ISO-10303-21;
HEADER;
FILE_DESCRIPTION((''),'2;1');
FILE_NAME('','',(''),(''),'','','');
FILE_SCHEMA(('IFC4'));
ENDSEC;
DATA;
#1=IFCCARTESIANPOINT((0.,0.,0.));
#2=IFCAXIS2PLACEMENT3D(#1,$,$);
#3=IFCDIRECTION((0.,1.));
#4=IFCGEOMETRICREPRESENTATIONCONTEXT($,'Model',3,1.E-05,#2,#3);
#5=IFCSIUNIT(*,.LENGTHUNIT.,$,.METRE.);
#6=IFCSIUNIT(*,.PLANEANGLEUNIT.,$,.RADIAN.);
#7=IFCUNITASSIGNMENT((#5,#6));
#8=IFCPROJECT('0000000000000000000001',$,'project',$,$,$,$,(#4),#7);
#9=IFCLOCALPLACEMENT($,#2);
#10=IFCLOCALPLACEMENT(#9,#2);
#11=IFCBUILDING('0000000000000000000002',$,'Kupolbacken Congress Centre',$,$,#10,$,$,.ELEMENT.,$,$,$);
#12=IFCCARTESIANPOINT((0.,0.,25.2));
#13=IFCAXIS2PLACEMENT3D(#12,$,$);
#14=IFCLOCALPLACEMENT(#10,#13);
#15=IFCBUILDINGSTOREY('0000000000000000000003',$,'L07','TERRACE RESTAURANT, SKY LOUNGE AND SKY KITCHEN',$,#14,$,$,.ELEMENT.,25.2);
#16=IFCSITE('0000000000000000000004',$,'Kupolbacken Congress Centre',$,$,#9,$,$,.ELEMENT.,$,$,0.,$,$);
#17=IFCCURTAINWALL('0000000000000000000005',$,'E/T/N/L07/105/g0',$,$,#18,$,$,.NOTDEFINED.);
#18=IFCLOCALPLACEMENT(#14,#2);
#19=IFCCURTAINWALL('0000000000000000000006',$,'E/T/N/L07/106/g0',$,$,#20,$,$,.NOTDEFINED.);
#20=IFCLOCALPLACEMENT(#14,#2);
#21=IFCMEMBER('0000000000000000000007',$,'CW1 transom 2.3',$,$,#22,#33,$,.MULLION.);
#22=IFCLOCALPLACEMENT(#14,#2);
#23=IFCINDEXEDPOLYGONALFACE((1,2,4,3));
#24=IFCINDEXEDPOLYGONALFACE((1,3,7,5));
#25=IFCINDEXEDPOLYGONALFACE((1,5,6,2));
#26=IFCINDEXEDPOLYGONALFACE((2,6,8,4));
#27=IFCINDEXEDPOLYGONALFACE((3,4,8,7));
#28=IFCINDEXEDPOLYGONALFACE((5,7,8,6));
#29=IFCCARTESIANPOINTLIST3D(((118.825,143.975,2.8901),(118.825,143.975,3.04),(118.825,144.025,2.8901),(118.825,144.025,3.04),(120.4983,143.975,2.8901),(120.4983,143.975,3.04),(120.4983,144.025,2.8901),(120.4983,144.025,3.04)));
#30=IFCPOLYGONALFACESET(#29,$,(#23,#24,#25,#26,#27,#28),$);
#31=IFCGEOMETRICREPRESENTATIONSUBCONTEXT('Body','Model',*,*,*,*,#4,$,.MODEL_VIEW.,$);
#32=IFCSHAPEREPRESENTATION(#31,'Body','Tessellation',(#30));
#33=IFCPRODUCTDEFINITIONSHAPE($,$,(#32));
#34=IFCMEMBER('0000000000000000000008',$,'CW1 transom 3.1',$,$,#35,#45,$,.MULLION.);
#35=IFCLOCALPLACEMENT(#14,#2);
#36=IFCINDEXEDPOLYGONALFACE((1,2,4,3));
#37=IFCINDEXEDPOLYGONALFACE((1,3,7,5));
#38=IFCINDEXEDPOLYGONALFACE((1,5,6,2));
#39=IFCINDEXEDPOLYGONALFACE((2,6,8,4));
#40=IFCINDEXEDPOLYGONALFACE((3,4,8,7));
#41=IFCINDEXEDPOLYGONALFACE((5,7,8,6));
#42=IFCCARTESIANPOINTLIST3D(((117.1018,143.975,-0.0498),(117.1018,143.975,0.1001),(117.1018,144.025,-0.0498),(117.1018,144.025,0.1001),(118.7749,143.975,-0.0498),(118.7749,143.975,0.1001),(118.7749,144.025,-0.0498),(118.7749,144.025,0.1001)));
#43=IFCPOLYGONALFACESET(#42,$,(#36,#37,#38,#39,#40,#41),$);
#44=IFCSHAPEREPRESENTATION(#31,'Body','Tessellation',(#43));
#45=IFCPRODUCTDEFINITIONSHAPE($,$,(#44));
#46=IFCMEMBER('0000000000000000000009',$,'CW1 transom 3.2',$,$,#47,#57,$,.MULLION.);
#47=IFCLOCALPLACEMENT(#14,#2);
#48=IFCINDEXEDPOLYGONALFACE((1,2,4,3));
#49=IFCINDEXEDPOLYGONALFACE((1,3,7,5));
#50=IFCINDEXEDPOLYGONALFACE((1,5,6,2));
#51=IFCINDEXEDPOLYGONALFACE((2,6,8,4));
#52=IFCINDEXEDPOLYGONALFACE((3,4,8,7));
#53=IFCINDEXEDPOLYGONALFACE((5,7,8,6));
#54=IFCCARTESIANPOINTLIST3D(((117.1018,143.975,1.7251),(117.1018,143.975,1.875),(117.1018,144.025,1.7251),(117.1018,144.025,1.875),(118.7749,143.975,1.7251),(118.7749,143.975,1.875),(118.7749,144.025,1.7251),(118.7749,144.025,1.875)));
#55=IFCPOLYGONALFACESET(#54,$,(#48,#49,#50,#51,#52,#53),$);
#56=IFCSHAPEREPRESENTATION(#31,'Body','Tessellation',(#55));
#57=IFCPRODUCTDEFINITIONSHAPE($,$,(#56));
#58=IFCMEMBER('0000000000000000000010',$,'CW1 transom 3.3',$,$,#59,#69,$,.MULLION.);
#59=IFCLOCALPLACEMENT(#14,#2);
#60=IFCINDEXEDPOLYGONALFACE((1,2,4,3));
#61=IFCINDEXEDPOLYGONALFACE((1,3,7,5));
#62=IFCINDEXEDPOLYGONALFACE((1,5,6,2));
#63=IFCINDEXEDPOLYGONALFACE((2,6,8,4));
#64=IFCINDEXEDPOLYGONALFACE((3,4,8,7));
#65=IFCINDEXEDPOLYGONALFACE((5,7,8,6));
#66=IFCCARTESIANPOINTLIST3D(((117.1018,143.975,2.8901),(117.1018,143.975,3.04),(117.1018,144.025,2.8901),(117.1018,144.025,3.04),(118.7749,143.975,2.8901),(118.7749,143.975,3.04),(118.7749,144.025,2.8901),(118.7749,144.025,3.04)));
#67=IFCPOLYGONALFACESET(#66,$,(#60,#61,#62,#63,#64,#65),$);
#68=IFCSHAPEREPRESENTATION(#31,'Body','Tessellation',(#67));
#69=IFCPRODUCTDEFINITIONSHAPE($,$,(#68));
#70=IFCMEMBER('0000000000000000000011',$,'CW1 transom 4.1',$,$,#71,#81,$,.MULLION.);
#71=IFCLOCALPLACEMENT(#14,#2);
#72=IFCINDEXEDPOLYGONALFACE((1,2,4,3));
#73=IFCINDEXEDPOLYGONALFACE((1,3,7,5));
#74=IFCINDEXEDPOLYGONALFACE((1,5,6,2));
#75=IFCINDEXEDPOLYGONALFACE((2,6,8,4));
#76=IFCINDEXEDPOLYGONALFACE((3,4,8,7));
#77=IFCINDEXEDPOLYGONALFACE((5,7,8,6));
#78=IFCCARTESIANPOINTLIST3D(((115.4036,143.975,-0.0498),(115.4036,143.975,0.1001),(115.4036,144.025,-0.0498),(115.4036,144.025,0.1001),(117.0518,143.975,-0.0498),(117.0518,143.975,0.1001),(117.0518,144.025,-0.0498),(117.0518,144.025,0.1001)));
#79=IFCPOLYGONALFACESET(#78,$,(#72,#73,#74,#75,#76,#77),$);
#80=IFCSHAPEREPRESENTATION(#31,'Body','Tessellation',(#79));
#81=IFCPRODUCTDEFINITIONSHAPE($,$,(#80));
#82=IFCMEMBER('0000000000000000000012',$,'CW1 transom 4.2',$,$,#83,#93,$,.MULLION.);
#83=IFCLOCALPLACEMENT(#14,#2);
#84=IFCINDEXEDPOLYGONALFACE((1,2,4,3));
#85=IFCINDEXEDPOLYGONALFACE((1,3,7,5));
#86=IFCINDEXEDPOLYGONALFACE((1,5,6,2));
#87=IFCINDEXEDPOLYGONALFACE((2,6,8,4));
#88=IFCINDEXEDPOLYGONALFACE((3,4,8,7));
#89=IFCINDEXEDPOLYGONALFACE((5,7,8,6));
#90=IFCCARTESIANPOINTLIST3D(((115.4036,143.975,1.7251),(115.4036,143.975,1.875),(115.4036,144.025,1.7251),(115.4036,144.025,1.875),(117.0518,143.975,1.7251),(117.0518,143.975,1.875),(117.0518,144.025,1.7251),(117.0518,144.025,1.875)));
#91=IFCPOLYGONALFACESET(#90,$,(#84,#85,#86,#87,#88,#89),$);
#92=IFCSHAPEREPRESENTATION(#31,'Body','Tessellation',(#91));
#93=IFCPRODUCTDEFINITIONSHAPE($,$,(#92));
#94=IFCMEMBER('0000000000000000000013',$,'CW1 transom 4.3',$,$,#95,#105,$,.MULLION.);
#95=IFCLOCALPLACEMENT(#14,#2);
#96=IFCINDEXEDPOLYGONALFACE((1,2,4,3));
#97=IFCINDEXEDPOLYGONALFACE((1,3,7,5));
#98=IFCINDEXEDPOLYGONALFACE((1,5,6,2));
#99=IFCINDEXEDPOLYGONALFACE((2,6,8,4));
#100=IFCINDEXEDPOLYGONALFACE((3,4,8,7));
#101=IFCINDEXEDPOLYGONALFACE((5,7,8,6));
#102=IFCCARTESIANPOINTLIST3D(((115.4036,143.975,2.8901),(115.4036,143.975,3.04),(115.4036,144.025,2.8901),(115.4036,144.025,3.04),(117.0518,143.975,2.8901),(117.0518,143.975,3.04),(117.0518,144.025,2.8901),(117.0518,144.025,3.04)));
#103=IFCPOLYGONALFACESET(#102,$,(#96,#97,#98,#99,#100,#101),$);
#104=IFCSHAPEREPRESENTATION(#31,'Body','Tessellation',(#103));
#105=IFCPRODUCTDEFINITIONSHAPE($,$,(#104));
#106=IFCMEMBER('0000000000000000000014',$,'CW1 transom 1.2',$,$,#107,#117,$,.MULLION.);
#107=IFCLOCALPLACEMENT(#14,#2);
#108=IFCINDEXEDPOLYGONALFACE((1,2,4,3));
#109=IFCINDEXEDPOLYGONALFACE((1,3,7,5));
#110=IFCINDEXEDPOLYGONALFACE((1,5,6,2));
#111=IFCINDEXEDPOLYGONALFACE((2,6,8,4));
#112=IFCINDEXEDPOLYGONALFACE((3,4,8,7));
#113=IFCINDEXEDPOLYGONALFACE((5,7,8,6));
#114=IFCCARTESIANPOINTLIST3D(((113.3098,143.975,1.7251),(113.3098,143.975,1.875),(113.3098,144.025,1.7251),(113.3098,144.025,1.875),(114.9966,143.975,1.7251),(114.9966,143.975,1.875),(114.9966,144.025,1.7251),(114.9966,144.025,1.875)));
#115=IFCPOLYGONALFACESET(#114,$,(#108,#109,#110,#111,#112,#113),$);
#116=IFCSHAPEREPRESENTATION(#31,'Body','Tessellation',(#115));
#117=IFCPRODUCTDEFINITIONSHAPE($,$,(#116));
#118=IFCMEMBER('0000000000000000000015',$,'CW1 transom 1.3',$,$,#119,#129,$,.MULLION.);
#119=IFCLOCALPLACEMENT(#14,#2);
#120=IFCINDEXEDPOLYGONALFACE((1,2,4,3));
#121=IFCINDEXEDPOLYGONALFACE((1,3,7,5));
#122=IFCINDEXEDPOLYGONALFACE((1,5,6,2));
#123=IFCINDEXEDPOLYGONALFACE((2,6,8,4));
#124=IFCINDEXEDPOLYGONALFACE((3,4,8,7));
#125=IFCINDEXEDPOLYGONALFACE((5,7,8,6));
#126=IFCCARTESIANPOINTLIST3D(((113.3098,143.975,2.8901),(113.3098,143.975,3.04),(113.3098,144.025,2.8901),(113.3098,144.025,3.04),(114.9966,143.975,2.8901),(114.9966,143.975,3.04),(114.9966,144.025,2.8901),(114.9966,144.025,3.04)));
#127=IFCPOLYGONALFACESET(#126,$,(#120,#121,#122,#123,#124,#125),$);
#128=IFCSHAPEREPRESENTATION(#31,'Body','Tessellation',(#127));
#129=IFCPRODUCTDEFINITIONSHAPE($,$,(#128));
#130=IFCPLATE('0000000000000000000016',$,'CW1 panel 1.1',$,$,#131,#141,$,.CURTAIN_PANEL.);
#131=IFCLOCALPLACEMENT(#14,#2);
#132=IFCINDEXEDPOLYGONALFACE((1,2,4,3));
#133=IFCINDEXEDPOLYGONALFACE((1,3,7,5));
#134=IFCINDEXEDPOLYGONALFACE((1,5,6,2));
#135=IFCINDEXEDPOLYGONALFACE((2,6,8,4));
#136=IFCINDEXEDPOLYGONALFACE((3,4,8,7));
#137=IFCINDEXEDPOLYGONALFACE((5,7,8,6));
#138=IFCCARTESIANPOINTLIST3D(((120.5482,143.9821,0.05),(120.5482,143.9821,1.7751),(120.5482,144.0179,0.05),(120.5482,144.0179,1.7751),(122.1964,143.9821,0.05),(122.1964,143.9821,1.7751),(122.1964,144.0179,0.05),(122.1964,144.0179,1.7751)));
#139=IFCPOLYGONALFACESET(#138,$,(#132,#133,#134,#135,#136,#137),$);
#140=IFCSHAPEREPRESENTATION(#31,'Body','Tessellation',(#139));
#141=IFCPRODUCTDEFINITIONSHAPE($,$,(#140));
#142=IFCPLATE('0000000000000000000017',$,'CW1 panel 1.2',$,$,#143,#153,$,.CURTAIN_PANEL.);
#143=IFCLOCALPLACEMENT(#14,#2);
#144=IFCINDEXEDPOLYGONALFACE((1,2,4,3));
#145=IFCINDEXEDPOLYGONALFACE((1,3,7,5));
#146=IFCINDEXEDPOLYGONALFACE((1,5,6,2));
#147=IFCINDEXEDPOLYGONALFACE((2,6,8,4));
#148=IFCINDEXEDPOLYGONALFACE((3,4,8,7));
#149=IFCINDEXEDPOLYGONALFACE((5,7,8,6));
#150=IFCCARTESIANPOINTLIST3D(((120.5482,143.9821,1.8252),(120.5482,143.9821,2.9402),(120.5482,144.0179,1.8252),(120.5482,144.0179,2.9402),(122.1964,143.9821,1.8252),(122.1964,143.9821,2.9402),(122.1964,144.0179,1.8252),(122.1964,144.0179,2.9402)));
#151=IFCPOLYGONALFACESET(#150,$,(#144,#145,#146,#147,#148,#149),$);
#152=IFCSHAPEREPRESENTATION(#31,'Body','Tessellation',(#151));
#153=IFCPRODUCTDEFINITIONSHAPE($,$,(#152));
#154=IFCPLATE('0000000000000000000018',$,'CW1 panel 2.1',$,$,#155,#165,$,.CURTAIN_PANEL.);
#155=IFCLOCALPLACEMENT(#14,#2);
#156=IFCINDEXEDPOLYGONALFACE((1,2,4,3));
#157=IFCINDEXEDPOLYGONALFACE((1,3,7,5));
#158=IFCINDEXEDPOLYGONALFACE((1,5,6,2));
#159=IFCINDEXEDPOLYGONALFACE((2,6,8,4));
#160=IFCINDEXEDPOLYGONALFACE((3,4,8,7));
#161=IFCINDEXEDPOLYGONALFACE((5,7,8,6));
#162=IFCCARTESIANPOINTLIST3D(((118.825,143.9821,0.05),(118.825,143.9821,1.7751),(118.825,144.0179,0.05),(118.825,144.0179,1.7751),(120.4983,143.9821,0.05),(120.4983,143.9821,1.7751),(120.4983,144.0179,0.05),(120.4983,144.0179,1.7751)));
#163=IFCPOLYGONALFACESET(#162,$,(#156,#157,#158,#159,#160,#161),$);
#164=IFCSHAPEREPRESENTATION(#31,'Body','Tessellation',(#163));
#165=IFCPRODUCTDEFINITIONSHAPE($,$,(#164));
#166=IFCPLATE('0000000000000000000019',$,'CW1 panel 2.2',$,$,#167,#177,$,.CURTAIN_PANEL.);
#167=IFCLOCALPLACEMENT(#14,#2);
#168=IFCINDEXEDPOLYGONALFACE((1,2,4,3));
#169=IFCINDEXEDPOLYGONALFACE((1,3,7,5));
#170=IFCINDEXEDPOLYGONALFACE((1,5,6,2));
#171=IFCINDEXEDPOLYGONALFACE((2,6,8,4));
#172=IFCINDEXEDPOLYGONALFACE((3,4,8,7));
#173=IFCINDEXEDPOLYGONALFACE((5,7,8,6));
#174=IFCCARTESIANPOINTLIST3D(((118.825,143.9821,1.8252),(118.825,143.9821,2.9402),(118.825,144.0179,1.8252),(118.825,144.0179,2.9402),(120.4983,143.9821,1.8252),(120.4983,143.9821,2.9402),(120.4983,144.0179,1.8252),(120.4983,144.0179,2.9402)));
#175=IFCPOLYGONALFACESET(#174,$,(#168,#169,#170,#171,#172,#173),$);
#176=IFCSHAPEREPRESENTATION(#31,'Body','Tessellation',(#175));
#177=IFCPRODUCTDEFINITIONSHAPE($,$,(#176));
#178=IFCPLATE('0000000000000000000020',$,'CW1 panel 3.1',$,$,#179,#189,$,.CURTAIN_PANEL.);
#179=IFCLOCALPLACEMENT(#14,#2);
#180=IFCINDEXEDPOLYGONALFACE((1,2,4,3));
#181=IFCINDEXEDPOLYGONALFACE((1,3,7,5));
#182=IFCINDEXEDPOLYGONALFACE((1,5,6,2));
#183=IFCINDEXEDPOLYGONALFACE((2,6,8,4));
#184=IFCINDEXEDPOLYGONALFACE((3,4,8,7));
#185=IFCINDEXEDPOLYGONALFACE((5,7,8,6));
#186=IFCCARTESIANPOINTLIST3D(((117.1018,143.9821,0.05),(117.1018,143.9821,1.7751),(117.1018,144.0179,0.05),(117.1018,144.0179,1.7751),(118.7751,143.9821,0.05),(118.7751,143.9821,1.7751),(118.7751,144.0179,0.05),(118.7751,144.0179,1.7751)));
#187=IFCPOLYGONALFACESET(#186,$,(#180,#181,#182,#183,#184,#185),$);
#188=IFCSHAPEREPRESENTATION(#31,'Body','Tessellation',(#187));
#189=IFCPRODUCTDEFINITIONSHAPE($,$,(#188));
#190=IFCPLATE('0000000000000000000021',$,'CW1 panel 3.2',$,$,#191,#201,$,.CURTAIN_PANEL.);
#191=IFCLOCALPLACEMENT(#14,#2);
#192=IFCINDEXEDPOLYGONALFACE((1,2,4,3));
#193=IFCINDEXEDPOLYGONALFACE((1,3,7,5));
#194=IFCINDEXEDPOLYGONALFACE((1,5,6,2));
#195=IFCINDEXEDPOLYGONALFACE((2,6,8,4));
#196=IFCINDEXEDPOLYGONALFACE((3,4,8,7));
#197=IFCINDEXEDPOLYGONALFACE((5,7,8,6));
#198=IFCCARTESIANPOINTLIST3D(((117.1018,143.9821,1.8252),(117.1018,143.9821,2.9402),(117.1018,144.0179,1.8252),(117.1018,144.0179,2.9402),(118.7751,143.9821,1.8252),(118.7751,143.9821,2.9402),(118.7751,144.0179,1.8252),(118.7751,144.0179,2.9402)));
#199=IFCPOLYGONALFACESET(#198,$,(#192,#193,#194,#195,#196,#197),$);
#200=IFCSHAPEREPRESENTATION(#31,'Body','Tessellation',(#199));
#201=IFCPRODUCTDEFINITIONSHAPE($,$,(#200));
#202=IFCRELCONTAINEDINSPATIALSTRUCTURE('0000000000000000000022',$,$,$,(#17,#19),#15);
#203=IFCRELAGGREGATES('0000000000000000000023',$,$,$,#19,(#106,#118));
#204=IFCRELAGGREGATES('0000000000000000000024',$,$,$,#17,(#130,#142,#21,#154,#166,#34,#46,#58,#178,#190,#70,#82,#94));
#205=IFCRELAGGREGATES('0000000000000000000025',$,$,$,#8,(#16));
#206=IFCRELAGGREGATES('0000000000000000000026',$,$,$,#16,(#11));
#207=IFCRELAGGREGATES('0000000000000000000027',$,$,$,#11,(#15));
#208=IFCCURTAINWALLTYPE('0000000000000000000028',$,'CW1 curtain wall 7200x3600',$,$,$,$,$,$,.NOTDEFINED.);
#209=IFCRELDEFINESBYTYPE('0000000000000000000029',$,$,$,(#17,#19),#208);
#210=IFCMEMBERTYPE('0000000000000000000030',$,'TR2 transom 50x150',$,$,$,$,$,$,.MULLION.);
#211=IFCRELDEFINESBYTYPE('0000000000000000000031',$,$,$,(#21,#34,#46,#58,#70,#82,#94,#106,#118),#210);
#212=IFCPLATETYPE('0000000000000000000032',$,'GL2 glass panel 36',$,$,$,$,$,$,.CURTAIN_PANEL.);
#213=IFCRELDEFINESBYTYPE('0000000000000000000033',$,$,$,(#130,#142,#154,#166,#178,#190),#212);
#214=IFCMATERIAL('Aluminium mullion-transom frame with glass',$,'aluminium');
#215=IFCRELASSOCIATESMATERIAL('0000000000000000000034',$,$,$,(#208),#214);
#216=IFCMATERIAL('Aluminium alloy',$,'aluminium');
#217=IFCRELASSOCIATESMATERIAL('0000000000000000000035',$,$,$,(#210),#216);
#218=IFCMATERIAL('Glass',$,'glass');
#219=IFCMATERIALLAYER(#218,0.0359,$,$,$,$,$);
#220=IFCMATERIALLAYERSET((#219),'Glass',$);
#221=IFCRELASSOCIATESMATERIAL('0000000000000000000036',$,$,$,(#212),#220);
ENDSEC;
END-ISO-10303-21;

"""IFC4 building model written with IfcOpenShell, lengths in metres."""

from ifc_helpers import new_model, si_unit, direction, frame, origin, origin_2d, place, context, subcontext, project, spatial, rectangle, extrude, material, layer, layer_set, material_profile, profile_set, type_object, element, aggregate, save


model = new_model("IFC4")

# Units and contexts
model_context = context("Model", 3, precision=1e-05, world=origin(), true_north=direction((0.0, 1.0)))
body_context = subcontext(model_context, "Body", "Model", "MODEL_VIEW")
ifc_project = project(units=[si_unit("LENGTHUNIT", "METRE"), si_unit("PLANEANGLEUNIT", "RADIAN")], contexts=[model_context])

# Site, building, storey
site_placement = place(None, origin())
site = spatial("IfcSite", under=ifc_project, at=site_placement, Name="Kupolbacken Congress Centre", CompositionType="ELEMENT", RefElevation=0.0)
building_placement = place(site_placement, origin())
building = spatial("IfcBuilding", under=site, at=building_placement, Name="Kupolbacken Congress Centre", CompositionType="ELEMENT")
storey_placement = place(building_placement, frame((0.0, 0.0, 25.2)))
storey = spatial("IfcBuildingStorey", under=building, at=storey_placement, Name="L07", Description="TERRACE RESTAURANT, SKY LOUNGE AND SKY KITCHEN", CompositionType="ELEMENT", Elevation=25.2)

# Curtain wall
ifc_material_1 = material(Name="Aluminium mullion-transom frame with glass", Category="aluminium")
curtain_wall_type = type_object("IfcCurtainWallType", Name="CW1 curtain wall 7200x3600", PredefinedType="NOTDEFINED", material=ifc_material_1)
curtain_wall_1_placement = place(storey_placement, origin())
curtain_wall_1 = element("IfcCurtainWall", 1, at=curtain_wall_1_placement, inside=storey, type_object=curtain_wall_type, Name="E/T/N/L07/105/g0", PredefinedType="NOTDEFINED")

# Curtain wall
curtain_wall_2_placement = place(storey_placement, origin())
curtain_wall_2 = element("IfcCurtainWall", 2, at=curtain_wall_2_placement, inside=storey, type_object=curtain_wall_type, Name="E/T/N/L07/106/g0", PredefinedType="NOTDEFINED")

# Members
ifc_material_2 = material(Name="Aluminium alloy", Category="aluminium")
ifc_material_profile_1 = material_profile(ifc_material_2, rectangle(XDim=0.05, YDim=0.1499, at=origin_2d()), Name="50 x 150")
ifc_profile_set_1 = profile_set([ifc_material_profile_1], Name="Aluminium alloy")
member_type_1 = type_object("IfcMemberType", Name="TR2 transom 50x150", PredefinedType="MULLION", material=ifc_profile_set_1)
member_1_placement = place(storey_placement, frame((120.4983, 144.0, 2.9651), z_axis=(-1.0, 0.0, 0.0), x_axis=(0.0, -1.0, 0.0)))
member_1 = element("IfcMember", 3, at=member_1_placement, type_object=member_type_1, Name="CW1 transom 2.3", PredefinedType="MULLION", context=body_context, shape_type="SweptSolid", body=[
    extrude(rectangle(XDim=0.05, YDim=0.1499, at=origin_2d()), origin(), (0.0, 0.0, 1.0), 1.6733),
])
member_2_placement = place(storey_placement, frame((118.7749, 144.0, 0.0251), z_axis=(-1.0, 0.0, 0.0), x_axis=(0.0, -1.0, 0.0)))
member_2 = element("IfcMember", 4, at=member_2_placement, type_object=member_type_1, Name="CW1 transom 3.1", PredefinedType="MULLION", context=body_context, shape_type="SweptSolid", body=[
    extrude(rectangle(XDim=0.05, YDim=0.1499, at=origin_2d()), origin(), (0.0, 0.0, 1.0), 1.6731),
])
member_3_placement = place(storey_placement, frame((118.7749, 144.0, 1.8), z_axis=(-1.0, 0.0, 0.0), x_axis=(0.0, -1.0, 0.0)))
member_3 = element("IfcMember", 5, at=member_3_placement, type_object=member_type_1, Name="CW1 transom 3.2", PredefinedType="MULLION", context=body_context, shape_type="SweptSolid", body=[
    extrude(rectangle(XDim=0.05, YDim=0.1499, at=origin_2d()), origin(), (0.0, 0.0, 1.0), 1.6731),
])
member_4_placement = place(storey_placement, frame((118.7749, 144.0, 2.9651), z_axis=(-1.0, 0.0, 0.0), x_axis=(0.0, -1.0, 0.0)))
member_4 = element("IfcMember", 6, at=member_4_placement, type_object=member_type_1, Name="CW1 transom 3.3", PredefinedType="MULLION", context=body_context, shape_type="SweptSolid", body=[
    extrude(rectangle(XDim=0.05, YDim=0.1499, at=origin_2d()), origin(), (0.0, 0.0, 1.0), 1.6731),
])
member_5_placement = place(storey_placement, frame((117.0518, 144.0, 0.0251), z_axis=(-1.0, 0.0, 0.0), x_axis=(0.0, -1.0, 0.0)))
member_5 = element("IfcMember", 7, at=member_5_placement, type_object=member_type_1, Name="CW1 transom 4.1", PredefinedType="MULLION", context=body_context, shape_type="SweptSolid", body=[
    extrude(rectangle(XDim=0.05, YDim=0.1499, at=origin_2d()), origin(), (0.0, 0.0, 1.0), 1.6482),
])
member_6_placement = place(storey_placement, frame((117.0518, 144.0, 1.8), z_axis=(-1.0, 0.0, 0.0), x_axis=(0.0, -1.0, 0.0)))
member_6 = element("IfcMember", 8, at=member_6_placement, type_object=member_type_1, Name="CW1 transom 4.2", PredefinedType="MULLION", context=body_context, shape_type="SweptSolid", body=[
    extrude(rectangle(XDim=0.05, YDim=0.1499, at=origin_2d()), origin(), (0.0, 0.0, 1.0), 1.6482),
])
member_7_placement = place(storey_placement, frame((117.0518, 144.0, 2.9651), z_axis=(-1.0, 0.0, 0.0), x_axis=(0.0, -1.0, 0.0)))
member_7 = element("IfcMember", 9, at=member_7_placement, type_object=member_type_1, Name="CW1 transom 4.3", PredefinedType="MULLION", context=body_context, shape_type="SweptSolid", body=[
    extrude(rectangle(XDim=0.05, YDim=0.1499, at=origin_2d()), origin(), (0.0, 0.0, 1.0), 1.6482),
])
member_8_placement = place(storey_placement, frame((114.9966, 144.0, 1.8), z_axis=(-1.0, 0.0, 0.0), x_axis=(0.0, -1.0, 0.0)))
member_8 = element("IfcMember", 10, at=member_8_placement, type_object=member_type_1, Name="CW1 transom 1.2", PredefinedType="MULLION", context=body_context, shape_type="SweptSolid", body=[
    extrude(rectangle(XDim=0.05, YDim=0.1499, at=origin_2d()), origin(), (0.0, 0.0, 1.0), 1.6868),
])
member_9_placement = place(storey_placement, frame((114.9966, 144.0, 2.9651), z_axis=(-1.0, 0.0, 0.0), x_axis=(0.0, -1.0, 0.0)))
member_9 = element("IfcMember", 11, at=member_9_placement, type_object=member_type_1, Name="CW1 transom 1.3", PredefinedType="MULLION", context=body_context, shape_type="SweptSolid", body=[
    extrude(rectangle(XDim=0.05, YDim=0.1499, at=origin_2d()), origin(), (0.0, 0.0, 1.0), 1.6868),
])
aggregate(curtain_wall_2, [member_8, member_9])

# Plates
ifc_material_3 = material(Name="Glass", Category="glass")
ifc_layer_1 = layer(ifc_material_3, 0.0359)
ifc_layer_set_1 = layer_set([ifc_layer_1], Name="Glass")
plate_type = type_object("IfcPlateType", Name="GL2 glass panel 36", PredefinedType="CURTAIN_PANEL", material=ifc_layer_set_1)
plate_1_placement = place(storey_placement, frame((121.3723, 144.0, 0.05), z_axis=(0.0, 0.0, 1.0), x_axis=(-1.0, 0.0, 0.0)))
plate_1 = element("IfcPlate", 12, at=plate_1_placement, type_object=plate_type, Name="CW1 panel 1.1", PredefinedType="CURTAIN_PANEL", context=body_context, shape_type="SweptSolid", body=[
    extrude(rectangle(XDim=1.6482, YDim=0.0359, at=origin_2d()), origin(), (0.0, 0.0, 1.0), 1.7251),
])
plate_2_placement = place(storey_placement, frame((121.3723, 144.0, 1.8252), z_axis=(0.0, 0.0, 1.0), x_axis=(-1.0, 0.0, 0.0)))
plate_2 = element("IfcPlate", 13, at=plate_2_placement, type_object=plate_type, Name="CW1 panel 1.2", PredefinedType="CURTAIN_PANEL", context=body_context, shape_type="SweptSolid", body=[
    extrude(rectangle(XDim=1.6482, YDim=0.0359, at=origin_2d()), origin(), (0.0, 0.0, 1.0), 1.115),
])
plate_3_placement = place(storey_placement, frame((119.6616, 144.0, 0.05), z_axis=(0.0, 0.0, 1.0), x_axis=(-1.0, 0.0, 0.0)))
plate_3 = element("IfcPlate", 14, at=plate_3_placement, type_object=plate_type, Name="CW1 panel 2.1", PredefinedType="CURTAIN_PANEL", context=body_context, shape_type="SweptSolid", body=[
    extrude(rectangle(XDim=1.6733, YDim=0.0359, at=origin_2d()), origin(), (0.0, 0.0, 1.0), 1.7251),
])
plate_4_placement = place(storey_placement, frame((119.6616, 144.0, 1.8252), z_axis=(0.0, 0.0, 1.0), x_axis=(-1.0, 0.0, 0.0)))
plate_4 = element("IfcPlate", 15, at=plate_4_placement, type_object=plate_type, Name="CW1 panel 2.2", PredefinedType="CURTAIN_PANEL", context=body_context, shape_type="SweptSolid", body=[
    extrude(rectangle(XDim=1.6733, YDim=0.0359, at=origin_2d()), origin(), (0.0, 0.0, 1.0), 1.115),
])
plate_5_placement = place(storey_placement, frame((117.9385, 144.0, 0.05), z_axis=(0.0, 0.0, 1.0), x_axis=(-1.0, 0.0, 0.0)))
plate_5 = element("IfcPlate", 16, at=plate_5_placement, type_object=plate_type, Name="CW1 panel 3.1", PredefinedType="CURTAIN_PANEL", context=body_context, shape_type="SweptSolid", body=[
    extrude(rectangle(XDim=1.6733, YDim=0.0359, at=origin_2d()), origin(), (0.0, 0.0, 1.0), 1.7251),
])
plate_6_placement = place(storey_placement, frame((117.9385, 144.0, 1.8252), z_axis=(0.0, 0.0, 1.0), x_axis=(-1.0, 0.0, 0.0)))
plate_6 = element("IfcPlate", 17, at=plate_6_placement, type_object=plate_type, Name="CW1 panel 3.2", PredefinedType="CURTAIN_PANEL", context=body_context, shape_type="SweptSolid", body=[
    extrude(rectangle(XDim=1.6733, YDim=0.0359, at=origin_2d()), origin(), (0.0, 0.0, 1.0), 1.115),
])
aggregate(curtain_wall_1, [plate_1, plate_2, member_1, plate_3, plate_4, member_2, member_3, member_4, plate_5, plate_6, member_5, member_6, member_7])

save(model, "model.ifc")
